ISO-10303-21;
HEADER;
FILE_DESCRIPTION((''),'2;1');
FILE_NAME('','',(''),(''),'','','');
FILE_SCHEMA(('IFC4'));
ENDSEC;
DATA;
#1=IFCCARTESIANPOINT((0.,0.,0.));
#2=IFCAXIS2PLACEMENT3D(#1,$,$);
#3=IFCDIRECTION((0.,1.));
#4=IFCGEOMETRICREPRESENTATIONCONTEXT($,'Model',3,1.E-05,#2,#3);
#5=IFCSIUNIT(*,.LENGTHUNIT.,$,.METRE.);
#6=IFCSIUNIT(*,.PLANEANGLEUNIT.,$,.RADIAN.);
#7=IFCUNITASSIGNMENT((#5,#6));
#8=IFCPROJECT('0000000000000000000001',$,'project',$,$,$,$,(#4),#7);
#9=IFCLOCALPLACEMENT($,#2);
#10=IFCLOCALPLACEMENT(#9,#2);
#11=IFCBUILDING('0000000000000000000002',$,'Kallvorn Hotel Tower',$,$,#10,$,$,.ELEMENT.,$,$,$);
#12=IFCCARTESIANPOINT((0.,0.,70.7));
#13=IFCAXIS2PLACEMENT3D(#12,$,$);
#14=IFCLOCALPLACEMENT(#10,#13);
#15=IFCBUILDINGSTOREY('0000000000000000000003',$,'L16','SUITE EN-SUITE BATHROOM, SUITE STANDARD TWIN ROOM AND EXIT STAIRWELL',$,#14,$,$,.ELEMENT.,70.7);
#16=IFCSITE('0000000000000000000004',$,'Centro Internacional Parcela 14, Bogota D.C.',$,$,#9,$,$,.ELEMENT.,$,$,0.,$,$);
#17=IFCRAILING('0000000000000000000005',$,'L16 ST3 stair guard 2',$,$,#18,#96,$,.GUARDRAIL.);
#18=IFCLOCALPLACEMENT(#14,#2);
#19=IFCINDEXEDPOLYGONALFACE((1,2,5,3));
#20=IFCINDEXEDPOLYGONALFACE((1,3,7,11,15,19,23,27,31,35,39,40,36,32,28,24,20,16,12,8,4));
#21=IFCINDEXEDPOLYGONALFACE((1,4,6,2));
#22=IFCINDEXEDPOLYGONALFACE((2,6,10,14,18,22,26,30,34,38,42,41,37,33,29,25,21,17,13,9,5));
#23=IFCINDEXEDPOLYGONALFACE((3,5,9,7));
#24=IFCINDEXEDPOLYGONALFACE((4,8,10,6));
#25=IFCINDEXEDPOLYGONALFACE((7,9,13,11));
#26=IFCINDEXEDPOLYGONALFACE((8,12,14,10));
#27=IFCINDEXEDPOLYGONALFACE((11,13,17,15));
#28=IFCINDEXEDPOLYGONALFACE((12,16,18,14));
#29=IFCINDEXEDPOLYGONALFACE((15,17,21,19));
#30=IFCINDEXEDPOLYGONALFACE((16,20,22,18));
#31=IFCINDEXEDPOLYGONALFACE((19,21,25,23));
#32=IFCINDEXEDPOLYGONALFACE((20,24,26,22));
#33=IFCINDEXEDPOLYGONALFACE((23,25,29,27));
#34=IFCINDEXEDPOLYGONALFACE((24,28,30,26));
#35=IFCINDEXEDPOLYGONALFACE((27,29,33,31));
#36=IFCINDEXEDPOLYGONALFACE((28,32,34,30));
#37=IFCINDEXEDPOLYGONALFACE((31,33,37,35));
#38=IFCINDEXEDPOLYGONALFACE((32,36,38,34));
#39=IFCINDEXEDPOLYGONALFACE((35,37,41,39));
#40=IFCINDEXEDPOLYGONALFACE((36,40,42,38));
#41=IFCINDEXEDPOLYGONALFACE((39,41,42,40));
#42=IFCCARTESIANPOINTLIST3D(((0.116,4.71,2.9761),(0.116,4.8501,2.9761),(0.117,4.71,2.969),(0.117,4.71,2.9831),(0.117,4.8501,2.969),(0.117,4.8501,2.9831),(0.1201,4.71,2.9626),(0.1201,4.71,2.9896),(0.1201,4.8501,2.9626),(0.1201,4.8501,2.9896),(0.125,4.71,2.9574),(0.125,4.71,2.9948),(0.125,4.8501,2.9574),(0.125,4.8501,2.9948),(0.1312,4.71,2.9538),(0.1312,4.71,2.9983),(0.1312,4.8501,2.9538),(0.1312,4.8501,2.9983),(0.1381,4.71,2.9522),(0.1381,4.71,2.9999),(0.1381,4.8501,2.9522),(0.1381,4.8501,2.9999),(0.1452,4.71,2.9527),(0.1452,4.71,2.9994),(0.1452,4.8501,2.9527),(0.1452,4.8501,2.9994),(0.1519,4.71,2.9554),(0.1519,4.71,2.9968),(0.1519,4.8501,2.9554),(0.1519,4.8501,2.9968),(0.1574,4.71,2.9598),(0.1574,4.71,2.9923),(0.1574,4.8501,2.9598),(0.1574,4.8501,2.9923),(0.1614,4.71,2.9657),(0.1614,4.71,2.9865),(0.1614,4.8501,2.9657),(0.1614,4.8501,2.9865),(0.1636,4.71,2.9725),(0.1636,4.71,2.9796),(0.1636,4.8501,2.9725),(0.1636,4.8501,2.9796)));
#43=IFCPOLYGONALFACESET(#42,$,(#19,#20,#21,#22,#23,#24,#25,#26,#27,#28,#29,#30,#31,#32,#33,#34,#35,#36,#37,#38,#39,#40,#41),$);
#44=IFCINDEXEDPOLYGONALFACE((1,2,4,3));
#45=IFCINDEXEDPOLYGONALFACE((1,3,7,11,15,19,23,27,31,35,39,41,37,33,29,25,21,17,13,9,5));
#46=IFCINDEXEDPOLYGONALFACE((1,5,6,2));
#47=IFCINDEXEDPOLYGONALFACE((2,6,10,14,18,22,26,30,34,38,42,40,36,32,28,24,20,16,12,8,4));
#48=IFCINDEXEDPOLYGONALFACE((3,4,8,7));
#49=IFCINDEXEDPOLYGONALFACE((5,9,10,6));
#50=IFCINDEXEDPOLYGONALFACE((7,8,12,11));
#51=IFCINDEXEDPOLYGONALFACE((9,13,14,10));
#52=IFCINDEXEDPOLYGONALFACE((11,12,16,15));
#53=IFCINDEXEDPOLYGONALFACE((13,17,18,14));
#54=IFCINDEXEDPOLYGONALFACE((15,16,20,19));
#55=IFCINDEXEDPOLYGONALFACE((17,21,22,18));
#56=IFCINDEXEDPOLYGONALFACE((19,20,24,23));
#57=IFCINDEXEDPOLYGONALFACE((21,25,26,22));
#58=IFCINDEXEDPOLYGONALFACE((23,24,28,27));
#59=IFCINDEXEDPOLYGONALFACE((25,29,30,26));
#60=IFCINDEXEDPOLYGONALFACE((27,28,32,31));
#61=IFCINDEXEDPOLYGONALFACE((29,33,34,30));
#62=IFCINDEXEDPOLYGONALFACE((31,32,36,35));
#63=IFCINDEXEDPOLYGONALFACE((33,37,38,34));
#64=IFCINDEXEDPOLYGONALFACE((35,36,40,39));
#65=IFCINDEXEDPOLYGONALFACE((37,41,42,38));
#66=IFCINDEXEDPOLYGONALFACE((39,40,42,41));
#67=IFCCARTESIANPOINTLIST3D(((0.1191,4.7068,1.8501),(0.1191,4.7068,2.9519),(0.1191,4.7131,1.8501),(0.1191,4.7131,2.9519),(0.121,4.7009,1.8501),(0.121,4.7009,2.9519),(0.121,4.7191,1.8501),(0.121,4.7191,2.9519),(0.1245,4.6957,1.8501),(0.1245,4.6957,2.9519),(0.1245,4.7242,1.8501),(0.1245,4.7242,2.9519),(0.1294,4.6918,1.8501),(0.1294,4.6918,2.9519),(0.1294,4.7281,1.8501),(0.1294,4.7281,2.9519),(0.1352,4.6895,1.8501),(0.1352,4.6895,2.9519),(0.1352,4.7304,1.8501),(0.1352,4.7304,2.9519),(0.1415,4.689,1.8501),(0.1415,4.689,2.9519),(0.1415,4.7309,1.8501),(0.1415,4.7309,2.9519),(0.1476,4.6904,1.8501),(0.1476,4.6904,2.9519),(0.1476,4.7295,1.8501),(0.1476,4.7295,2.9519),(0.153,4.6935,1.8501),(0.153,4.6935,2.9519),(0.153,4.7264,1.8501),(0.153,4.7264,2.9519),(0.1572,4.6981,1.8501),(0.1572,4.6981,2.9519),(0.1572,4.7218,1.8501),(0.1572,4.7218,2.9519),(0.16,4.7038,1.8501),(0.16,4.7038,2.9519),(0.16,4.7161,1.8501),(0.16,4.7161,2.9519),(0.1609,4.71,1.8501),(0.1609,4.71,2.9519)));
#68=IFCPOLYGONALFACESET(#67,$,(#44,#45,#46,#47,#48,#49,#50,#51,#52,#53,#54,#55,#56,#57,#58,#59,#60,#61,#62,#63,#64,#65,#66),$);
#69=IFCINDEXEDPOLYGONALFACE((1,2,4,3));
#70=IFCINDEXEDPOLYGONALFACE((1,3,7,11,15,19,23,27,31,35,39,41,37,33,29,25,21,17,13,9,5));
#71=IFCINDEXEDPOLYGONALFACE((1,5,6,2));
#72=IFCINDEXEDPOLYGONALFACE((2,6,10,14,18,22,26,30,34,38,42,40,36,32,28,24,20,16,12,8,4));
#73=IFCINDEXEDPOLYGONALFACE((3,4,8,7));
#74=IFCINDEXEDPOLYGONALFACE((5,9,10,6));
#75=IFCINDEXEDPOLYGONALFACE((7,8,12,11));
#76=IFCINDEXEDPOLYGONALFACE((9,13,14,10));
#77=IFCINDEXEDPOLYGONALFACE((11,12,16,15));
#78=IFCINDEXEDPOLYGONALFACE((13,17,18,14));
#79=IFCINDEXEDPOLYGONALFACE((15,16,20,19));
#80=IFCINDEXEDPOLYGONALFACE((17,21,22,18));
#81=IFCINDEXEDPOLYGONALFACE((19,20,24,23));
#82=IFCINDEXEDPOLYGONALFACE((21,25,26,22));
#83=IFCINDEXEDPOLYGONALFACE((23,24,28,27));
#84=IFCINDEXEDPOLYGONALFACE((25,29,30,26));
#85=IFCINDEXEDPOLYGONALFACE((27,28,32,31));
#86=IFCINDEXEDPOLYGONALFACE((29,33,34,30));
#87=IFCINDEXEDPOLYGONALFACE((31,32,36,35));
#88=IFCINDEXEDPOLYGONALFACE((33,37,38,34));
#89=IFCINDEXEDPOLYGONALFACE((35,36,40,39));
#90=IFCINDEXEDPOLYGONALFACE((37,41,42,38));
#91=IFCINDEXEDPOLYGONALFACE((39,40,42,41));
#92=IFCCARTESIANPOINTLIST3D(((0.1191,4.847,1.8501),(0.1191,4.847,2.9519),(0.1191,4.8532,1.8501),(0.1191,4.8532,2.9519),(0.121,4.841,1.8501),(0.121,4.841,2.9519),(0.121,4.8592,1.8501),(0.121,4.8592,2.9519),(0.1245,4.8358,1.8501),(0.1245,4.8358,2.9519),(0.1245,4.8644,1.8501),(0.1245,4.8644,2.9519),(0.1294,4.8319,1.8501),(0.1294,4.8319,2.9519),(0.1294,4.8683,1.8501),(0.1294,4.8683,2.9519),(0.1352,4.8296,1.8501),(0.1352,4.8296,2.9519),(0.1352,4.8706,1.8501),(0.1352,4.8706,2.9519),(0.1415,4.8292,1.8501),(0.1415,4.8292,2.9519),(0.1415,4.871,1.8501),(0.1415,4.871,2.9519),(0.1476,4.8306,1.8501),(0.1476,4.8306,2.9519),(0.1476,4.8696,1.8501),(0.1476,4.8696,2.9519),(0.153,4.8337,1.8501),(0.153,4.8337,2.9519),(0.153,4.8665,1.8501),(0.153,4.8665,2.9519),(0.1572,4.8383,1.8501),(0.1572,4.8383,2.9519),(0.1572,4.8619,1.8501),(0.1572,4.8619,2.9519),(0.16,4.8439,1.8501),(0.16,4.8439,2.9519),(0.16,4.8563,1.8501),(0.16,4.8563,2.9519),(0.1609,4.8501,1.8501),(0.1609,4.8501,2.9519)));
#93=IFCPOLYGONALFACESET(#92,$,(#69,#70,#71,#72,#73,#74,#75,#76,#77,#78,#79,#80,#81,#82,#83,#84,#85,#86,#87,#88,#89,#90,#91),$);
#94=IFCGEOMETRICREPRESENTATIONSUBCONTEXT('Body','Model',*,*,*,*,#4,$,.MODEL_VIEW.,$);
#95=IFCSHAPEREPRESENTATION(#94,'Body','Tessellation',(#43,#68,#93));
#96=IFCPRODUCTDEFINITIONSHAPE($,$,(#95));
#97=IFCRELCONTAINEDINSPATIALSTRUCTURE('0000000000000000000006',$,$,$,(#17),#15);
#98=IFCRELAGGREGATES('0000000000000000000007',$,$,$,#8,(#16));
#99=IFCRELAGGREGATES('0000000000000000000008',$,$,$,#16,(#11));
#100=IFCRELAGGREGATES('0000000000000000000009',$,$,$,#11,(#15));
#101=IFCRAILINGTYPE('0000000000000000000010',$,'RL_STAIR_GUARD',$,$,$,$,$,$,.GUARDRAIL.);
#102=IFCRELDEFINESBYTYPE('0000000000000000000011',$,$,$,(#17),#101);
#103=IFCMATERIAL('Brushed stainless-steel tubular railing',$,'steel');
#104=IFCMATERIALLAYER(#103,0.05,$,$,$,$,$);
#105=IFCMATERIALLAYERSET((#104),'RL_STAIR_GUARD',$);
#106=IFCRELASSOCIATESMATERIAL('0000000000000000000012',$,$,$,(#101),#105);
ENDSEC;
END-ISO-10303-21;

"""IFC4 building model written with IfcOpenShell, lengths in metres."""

from ifc_helpers import new_model, si_unit, direction, frame, origin, origin_2d, place, context, subcontext, project, spatial, circle, extrude, material, layer, layer_set, type_object, element, save


model = new_model("IFC4")

# Units and contexts
model_context = context("Model", 3, precision=1e-05, world=origin(), true_north=direction((0.0, 1.0)))
body_context = subcontext(model_context, "Body", "Model", "MODEL_VIEW")
ifc_project = project(units=[si_unit("LENGTHUNIT", "METRE"), si_unit("PLANEANGLEUNIT", "RADIAN")], contexts=[model_context])

# Site, building, storey
site_placement = place(None, origin())
site = spatial("IfcSite", under=ifc_project, at=site_placement, Name="Centro Internacional Parcela 14, Bogota D.C.", CompositionType="ELEMENT", RefElevation=0.0)
building_placement = place(site_placement, origin())
building = spatial("IfcBuilding", under=site, at=building_placement, Name="Kallvorn Hotel Tower", CompositionType="ELEMENT")
storey_placement = place(building_placement, frame((0.0, 0.0, 70.7)))
storey = spatial("IfcBuildingStorey", under=building, at=storey_placement, Name="L16", Description="SUITE EN-SUITE BATHROOM, SUITE STANDARD TWIN ROOM AND EXIT STAIRWELL", CompositionType="ELEMENT", Elevation=70.7)

# Railing
ifc_material_1 = material(Name="Brushed stainless-steel tubular railing", Category="steel")
ifc_layer_1 = layer(ifc_material_1, 0.05)
ifc_layer_set_1 = layer_set([ifc_layer_1], Name="RL_STAIR_GUARD")
railing_type_1 = type_object("IfcRailingType", Name="RL_STAIR_GUARD", PredefinedType="GUARDRAIL", material=ifc_layer_set_1)
railing_1_placement = place(storey_placement, frame((0.1399, 4.71, 1.8501)))
element("IfcRailing", 1, at=railing_1_placement, inside=storey, type_object=railing_type_1, Name="L16 ST3 stair guard 2", PredefinedType="GUARDRAIL", context=body_context, shape_type="SweptSolid", body=[
    extrude(circle(Radius=0.0239, at=origin_2d()), frame((0.0, 0.0, 1.126), z_axis=(0.0, 1.0, 0.0), x_axis=(-1.0, 0.0, 0.0)), (0.0, 0.0, 1.0), 0.1401),
    extrude(circle(Radius=0.021, at=origin_2d()), origin(), (0.0, 0.0, 1.0), 1.1018),
    extrude(circle(Radius=0.021, at=origin_2d()), frame((0.0, 0.1401, 0.0)), (0.0, 0.0, 1.0), 1.1018),
])

save(model, "model.ifc")
